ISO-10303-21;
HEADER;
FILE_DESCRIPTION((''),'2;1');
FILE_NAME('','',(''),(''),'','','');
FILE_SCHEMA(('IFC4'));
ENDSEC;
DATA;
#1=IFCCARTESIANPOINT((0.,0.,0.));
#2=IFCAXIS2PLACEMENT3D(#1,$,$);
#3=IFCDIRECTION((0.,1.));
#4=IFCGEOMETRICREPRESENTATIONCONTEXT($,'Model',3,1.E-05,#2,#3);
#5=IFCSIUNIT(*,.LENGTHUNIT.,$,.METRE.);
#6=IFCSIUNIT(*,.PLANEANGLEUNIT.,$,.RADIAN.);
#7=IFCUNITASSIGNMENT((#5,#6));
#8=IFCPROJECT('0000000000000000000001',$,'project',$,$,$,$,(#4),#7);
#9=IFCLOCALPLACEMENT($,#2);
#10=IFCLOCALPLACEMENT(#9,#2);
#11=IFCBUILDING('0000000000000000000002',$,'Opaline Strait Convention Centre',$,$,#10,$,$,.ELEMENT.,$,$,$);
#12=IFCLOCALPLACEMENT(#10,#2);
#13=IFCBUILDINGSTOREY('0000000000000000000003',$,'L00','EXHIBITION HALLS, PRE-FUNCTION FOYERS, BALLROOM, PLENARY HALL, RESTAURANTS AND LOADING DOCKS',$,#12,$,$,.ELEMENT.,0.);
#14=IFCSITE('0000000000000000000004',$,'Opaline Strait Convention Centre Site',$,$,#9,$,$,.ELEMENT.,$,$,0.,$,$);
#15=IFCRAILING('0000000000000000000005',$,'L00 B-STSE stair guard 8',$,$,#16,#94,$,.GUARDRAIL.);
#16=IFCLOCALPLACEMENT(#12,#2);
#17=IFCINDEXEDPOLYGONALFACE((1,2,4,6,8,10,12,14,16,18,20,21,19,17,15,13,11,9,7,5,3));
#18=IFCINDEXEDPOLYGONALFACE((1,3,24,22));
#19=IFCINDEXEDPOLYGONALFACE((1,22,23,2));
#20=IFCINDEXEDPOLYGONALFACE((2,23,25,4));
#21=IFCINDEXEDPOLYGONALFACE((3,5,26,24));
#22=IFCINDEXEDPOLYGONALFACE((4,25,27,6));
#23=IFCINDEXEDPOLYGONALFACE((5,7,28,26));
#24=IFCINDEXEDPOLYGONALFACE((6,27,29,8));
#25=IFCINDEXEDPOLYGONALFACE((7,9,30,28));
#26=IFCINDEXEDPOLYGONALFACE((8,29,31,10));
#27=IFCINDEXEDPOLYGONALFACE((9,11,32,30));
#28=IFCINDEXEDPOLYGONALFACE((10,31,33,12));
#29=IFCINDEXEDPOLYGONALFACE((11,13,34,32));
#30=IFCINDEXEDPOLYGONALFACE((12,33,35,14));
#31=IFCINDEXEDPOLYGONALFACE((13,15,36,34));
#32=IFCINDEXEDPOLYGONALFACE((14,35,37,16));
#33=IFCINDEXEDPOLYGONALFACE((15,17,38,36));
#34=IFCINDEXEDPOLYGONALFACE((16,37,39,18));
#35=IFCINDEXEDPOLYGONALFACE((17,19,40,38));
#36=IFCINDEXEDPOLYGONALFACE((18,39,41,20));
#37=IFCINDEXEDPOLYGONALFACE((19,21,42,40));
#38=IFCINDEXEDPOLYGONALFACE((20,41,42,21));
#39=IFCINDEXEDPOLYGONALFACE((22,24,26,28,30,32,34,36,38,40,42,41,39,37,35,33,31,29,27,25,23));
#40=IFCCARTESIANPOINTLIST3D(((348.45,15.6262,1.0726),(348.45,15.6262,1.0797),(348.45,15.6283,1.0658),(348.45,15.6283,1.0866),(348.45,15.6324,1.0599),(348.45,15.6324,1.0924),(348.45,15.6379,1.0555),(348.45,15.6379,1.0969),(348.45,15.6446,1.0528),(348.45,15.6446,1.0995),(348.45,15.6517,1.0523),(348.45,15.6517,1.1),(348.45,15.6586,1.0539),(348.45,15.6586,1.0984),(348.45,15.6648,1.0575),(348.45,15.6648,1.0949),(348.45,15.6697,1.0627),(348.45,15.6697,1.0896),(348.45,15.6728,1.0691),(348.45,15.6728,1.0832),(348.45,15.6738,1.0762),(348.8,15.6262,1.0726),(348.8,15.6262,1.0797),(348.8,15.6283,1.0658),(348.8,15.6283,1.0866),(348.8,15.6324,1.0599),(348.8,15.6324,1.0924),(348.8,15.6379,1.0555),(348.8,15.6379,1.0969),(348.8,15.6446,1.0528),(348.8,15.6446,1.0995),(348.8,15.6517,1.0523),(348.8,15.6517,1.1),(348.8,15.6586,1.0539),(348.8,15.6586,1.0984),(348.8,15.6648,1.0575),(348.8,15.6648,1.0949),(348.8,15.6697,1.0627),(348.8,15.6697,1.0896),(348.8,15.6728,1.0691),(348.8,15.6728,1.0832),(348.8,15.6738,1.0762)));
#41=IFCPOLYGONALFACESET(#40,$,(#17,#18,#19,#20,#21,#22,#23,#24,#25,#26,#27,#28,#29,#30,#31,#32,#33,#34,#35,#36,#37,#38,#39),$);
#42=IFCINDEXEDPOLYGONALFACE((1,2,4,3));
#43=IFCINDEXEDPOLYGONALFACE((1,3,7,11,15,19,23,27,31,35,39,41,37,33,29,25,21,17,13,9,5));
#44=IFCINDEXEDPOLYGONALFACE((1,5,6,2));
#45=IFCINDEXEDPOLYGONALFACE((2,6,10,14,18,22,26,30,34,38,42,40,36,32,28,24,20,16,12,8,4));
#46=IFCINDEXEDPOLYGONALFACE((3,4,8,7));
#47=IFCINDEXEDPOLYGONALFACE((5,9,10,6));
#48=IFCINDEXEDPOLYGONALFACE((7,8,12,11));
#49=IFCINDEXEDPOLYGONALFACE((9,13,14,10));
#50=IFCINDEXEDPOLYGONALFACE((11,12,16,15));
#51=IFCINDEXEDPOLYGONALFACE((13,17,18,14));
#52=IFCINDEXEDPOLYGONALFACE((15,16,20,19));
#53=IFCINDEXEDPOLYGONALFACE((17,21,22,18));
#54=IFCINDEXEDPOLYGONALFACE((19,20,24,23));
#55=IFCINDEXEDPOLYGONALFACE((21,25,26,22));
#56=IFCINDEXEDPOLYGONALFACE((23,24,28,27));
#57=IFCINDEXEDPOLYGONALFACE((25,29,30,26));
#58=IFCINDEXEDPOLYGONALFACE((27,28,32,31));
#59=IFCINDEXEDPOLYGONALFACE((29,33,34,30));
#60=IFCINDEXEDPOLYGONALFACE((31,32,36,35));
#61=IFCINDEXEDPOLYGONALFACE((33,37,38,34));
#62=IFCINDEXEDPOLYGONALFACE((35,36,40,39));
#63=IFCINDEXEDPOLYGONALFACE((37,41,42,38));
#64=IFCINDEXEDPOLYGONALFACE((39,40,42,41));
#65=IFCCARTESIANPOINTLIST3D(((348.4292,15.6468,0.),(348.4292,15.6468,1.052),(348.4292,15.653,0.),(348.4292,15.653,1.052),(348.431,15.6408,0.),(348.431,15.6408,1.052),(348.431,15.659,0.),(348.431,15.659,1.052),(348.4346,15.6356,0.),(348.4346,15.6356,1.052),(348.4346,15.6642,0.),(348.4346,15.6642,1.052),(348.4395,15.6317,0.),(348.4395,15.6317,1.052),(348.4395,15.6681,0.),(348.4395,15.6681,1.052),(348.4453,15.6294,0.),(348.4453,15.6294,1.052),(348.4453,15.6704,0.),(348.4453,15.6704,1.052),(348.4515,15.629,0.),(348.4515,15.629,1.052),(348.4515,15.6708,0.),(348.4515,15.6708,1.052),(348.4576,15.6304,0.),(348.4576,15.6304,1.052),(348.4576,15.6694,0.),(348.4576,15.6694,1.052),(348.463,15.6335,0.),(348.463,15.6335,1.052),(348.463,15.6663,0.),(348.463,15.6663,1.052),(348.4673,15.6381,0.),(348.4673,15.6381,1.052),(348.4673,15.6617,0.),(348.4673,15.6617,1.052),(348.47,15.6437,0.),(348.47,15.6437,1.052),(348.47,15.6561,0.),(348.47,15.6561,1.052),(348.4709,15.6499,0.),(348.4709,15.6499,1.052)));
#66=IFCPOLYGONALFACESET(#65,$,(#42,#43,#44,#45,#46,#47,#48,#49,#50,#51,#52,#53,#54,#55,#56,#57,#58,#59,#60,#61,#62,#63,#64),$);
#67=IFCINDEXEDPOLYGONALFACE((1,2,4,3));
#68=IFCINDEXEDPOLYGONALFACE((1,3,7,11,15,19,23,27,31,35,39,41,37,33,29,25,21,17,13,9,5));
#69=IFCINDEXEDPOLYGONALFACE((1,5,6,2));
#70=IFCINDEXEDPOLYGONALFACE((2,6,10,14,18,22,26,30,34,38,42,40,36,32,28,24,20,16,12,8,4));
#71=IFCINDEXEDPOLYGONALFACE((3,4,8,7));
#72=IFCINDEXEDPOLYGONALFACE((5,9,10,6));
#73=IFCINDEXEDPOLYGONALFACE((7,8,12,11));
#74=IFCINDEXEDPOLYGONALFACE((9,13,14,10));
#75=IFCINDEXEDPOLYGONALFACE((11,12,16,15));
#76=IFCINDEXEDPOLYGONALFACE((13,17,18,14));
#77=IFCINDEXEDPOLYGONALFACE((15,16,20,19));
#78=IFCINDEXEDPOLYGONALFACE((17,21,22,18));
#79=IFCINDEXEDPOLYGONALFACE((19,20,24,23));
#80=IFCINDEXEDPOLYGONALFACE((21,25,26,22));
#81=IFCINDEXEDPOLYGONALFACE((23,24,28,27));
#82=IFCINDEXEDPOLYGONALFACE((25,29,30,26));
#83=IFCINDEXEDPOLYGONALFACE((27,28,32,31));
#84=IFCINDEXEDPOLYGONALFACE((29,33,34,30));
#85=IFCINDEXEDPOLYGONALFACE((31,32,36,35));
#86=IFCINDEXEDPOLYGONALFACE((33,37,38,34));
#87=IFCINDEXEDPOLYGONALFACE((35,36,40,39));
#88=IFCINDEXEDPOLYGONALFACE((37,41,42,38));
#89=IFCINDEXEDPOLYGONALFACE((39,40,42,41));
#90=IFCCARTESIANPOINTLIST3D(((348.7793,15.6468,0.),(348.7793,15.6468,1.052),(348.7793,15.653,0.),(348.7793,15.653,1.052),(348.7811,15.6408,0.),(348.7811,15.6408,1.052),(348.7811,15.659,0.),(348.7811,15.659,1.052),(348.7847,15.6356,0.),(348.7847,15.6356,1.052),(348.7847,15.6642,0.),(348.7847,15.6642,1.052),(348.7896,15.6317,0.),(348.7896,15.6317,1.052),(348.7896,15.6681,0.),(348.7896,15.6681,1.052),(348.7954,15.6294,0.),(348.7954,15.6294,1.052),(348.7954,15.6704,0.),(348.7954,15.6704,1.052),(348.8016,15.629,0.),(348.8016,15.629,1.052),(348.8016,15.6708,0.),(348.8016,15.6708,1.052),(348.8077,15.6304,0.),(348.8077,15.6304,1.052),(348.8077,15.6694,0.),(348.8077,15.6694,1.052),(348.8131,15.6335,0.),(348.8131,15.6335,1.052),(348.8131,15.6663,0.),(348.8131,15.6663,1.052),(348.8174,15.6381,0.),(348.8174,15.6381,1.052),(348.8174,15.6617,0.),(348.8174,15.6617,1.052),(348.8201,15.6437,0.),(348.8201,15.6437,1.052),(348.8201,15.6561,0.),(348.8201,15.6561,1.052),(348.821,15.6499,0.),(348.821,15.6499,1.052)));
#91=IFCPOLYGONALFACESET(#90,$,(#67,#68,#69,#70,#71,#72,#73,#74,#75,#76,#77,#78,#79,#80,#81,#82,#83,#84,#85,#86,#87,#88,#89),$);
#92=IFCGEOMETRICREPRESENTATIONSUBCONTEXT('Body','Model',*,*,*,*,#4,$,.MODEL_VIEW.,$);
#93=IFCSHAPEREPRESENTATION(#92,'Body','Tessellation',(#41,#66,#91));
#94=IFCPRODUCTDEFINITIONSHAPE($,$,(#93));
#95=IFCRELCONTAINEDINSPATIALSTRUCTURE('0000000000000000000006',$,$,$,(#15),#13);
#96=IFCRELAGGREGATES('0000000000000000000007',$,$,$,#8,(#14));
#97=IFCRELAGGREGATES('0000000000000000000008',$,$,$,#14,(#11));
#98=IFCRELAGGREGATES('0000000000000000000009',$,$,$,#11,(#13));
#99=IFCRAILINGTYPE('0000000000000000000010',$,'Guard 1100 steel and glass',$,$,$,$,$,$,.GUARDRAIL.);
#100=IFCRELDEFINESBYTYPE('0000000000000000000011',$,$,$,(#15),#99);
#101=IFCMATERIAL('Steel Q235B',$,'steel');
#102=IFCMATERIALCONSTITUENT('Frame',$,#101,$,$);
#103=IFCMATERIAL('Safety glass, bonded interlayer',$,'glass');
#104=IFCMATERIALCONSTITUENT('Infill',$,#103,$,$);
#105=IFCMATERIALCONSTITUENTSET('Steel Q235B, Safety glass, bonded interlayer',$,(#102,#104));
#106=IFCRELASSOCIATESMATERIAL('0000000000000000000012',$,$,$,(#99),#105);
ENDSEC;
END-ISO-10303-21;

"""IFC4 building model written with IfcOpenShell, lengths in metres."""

from ifc_helpers import new_model, si_unit, direction, frame, origin, origin_2d, place, context, subcontext, project, spatial, circle, extrude, material, constituent, constituent_set, type_object, element, save


model = new_model("IFC4")

# Units and contexts
model_context = context("Model", 3, precision=1e-05, world=origin(), true_north=direction((0.0, 1.0)))
body_context = subcontext(model_context, "Body", "Model", "MODEL_VIEW")
ifc_project = project(units=[si_unit("LENGTHUNIT", "METRE"), si_unit("PLANEANGLEUNIT", "RADIAN")], contexts=[model_context])

# Site, building, storey
site_placement = place(None, origin())
site = spatial("IfcSite", under=ifc_project, at=site_placement, Name="Opaline Strait Convention Centre Site", CompositionType="ELEMENT", RefElevation=0.0)
building_placement = place(site_placement, origin())
building = spatial("IfcBuilding", under=site, at=building_placement, Name="Opaline Strait Convention Centre", CompositionType="ELEMENT")
storey_placement = place(building_placement, origin())
storey = spatial("IfcBuildingStorey", under=building, at=storey_placement, Name="L00", Description="EXHIBITION HALLS, PRE-FUNCTION FOYERS, BALLROOM, PLENARY HALL, RESTAURANTS AND LOADING DOCKS", CompositionType="ELEMENT", Elevation=0.0)

# Shared definitions
ifc_material_1 = material(Name="Steel Q235B", Category="steel")

# Railing
ifc_constituent_1 = constituent(ifc_material_1, Name="Frame")
ifc_material_2 = material(Name="Safety glass, bonded interlayer", Category="glass")
ifc_constituent_2 = constituent(ifc_material_2, Name="Infill")
ifc_constituent_set = constituent_set(constituents=[ifc_constituent_1, ifc_constituent_2], Name="Steel Q235B, Safety glass, bonded interlayer")
railing_type_1 = type_object("IfcRailingType", Name="Guard 1100 steel and glass", PredefinedType="GUARDRAIL", material=ifc_constituent_set)
railing_1_placement = place(storey_placement, frame((348.45, 15.6499, 0.0)))
element("IfcRailing", 1, at=railing_1_placement, inside=storey, type_object=railing_type_1, Name="L00 B-STSE stair guard 8", PredefinedType="GUARDRAIL", context=body_context, shape_type="SweptSolid", body=[
    extrude(circle(Radius=0.0239, at=origin_2d()), frame((0.0, 0.0, 1.0762), z_axis=(1.0, 0.0, 0.0), x_axis=(0.0, 1.0, 0.0)), (0.0, 0.0, 1.0), 0.3501),
    extrude(circle(Radius=0.021, at=origin_2d()), origin(), (0.0, 0.0, 1.0), 1.052),
    extrude(circle(Radius=0.021, at=origin_2d()), frame((0.3501, 0.0, 0.0)), (0.0, 0.0, 1.0), 1.052),
])

save(model, "model.ifc")
